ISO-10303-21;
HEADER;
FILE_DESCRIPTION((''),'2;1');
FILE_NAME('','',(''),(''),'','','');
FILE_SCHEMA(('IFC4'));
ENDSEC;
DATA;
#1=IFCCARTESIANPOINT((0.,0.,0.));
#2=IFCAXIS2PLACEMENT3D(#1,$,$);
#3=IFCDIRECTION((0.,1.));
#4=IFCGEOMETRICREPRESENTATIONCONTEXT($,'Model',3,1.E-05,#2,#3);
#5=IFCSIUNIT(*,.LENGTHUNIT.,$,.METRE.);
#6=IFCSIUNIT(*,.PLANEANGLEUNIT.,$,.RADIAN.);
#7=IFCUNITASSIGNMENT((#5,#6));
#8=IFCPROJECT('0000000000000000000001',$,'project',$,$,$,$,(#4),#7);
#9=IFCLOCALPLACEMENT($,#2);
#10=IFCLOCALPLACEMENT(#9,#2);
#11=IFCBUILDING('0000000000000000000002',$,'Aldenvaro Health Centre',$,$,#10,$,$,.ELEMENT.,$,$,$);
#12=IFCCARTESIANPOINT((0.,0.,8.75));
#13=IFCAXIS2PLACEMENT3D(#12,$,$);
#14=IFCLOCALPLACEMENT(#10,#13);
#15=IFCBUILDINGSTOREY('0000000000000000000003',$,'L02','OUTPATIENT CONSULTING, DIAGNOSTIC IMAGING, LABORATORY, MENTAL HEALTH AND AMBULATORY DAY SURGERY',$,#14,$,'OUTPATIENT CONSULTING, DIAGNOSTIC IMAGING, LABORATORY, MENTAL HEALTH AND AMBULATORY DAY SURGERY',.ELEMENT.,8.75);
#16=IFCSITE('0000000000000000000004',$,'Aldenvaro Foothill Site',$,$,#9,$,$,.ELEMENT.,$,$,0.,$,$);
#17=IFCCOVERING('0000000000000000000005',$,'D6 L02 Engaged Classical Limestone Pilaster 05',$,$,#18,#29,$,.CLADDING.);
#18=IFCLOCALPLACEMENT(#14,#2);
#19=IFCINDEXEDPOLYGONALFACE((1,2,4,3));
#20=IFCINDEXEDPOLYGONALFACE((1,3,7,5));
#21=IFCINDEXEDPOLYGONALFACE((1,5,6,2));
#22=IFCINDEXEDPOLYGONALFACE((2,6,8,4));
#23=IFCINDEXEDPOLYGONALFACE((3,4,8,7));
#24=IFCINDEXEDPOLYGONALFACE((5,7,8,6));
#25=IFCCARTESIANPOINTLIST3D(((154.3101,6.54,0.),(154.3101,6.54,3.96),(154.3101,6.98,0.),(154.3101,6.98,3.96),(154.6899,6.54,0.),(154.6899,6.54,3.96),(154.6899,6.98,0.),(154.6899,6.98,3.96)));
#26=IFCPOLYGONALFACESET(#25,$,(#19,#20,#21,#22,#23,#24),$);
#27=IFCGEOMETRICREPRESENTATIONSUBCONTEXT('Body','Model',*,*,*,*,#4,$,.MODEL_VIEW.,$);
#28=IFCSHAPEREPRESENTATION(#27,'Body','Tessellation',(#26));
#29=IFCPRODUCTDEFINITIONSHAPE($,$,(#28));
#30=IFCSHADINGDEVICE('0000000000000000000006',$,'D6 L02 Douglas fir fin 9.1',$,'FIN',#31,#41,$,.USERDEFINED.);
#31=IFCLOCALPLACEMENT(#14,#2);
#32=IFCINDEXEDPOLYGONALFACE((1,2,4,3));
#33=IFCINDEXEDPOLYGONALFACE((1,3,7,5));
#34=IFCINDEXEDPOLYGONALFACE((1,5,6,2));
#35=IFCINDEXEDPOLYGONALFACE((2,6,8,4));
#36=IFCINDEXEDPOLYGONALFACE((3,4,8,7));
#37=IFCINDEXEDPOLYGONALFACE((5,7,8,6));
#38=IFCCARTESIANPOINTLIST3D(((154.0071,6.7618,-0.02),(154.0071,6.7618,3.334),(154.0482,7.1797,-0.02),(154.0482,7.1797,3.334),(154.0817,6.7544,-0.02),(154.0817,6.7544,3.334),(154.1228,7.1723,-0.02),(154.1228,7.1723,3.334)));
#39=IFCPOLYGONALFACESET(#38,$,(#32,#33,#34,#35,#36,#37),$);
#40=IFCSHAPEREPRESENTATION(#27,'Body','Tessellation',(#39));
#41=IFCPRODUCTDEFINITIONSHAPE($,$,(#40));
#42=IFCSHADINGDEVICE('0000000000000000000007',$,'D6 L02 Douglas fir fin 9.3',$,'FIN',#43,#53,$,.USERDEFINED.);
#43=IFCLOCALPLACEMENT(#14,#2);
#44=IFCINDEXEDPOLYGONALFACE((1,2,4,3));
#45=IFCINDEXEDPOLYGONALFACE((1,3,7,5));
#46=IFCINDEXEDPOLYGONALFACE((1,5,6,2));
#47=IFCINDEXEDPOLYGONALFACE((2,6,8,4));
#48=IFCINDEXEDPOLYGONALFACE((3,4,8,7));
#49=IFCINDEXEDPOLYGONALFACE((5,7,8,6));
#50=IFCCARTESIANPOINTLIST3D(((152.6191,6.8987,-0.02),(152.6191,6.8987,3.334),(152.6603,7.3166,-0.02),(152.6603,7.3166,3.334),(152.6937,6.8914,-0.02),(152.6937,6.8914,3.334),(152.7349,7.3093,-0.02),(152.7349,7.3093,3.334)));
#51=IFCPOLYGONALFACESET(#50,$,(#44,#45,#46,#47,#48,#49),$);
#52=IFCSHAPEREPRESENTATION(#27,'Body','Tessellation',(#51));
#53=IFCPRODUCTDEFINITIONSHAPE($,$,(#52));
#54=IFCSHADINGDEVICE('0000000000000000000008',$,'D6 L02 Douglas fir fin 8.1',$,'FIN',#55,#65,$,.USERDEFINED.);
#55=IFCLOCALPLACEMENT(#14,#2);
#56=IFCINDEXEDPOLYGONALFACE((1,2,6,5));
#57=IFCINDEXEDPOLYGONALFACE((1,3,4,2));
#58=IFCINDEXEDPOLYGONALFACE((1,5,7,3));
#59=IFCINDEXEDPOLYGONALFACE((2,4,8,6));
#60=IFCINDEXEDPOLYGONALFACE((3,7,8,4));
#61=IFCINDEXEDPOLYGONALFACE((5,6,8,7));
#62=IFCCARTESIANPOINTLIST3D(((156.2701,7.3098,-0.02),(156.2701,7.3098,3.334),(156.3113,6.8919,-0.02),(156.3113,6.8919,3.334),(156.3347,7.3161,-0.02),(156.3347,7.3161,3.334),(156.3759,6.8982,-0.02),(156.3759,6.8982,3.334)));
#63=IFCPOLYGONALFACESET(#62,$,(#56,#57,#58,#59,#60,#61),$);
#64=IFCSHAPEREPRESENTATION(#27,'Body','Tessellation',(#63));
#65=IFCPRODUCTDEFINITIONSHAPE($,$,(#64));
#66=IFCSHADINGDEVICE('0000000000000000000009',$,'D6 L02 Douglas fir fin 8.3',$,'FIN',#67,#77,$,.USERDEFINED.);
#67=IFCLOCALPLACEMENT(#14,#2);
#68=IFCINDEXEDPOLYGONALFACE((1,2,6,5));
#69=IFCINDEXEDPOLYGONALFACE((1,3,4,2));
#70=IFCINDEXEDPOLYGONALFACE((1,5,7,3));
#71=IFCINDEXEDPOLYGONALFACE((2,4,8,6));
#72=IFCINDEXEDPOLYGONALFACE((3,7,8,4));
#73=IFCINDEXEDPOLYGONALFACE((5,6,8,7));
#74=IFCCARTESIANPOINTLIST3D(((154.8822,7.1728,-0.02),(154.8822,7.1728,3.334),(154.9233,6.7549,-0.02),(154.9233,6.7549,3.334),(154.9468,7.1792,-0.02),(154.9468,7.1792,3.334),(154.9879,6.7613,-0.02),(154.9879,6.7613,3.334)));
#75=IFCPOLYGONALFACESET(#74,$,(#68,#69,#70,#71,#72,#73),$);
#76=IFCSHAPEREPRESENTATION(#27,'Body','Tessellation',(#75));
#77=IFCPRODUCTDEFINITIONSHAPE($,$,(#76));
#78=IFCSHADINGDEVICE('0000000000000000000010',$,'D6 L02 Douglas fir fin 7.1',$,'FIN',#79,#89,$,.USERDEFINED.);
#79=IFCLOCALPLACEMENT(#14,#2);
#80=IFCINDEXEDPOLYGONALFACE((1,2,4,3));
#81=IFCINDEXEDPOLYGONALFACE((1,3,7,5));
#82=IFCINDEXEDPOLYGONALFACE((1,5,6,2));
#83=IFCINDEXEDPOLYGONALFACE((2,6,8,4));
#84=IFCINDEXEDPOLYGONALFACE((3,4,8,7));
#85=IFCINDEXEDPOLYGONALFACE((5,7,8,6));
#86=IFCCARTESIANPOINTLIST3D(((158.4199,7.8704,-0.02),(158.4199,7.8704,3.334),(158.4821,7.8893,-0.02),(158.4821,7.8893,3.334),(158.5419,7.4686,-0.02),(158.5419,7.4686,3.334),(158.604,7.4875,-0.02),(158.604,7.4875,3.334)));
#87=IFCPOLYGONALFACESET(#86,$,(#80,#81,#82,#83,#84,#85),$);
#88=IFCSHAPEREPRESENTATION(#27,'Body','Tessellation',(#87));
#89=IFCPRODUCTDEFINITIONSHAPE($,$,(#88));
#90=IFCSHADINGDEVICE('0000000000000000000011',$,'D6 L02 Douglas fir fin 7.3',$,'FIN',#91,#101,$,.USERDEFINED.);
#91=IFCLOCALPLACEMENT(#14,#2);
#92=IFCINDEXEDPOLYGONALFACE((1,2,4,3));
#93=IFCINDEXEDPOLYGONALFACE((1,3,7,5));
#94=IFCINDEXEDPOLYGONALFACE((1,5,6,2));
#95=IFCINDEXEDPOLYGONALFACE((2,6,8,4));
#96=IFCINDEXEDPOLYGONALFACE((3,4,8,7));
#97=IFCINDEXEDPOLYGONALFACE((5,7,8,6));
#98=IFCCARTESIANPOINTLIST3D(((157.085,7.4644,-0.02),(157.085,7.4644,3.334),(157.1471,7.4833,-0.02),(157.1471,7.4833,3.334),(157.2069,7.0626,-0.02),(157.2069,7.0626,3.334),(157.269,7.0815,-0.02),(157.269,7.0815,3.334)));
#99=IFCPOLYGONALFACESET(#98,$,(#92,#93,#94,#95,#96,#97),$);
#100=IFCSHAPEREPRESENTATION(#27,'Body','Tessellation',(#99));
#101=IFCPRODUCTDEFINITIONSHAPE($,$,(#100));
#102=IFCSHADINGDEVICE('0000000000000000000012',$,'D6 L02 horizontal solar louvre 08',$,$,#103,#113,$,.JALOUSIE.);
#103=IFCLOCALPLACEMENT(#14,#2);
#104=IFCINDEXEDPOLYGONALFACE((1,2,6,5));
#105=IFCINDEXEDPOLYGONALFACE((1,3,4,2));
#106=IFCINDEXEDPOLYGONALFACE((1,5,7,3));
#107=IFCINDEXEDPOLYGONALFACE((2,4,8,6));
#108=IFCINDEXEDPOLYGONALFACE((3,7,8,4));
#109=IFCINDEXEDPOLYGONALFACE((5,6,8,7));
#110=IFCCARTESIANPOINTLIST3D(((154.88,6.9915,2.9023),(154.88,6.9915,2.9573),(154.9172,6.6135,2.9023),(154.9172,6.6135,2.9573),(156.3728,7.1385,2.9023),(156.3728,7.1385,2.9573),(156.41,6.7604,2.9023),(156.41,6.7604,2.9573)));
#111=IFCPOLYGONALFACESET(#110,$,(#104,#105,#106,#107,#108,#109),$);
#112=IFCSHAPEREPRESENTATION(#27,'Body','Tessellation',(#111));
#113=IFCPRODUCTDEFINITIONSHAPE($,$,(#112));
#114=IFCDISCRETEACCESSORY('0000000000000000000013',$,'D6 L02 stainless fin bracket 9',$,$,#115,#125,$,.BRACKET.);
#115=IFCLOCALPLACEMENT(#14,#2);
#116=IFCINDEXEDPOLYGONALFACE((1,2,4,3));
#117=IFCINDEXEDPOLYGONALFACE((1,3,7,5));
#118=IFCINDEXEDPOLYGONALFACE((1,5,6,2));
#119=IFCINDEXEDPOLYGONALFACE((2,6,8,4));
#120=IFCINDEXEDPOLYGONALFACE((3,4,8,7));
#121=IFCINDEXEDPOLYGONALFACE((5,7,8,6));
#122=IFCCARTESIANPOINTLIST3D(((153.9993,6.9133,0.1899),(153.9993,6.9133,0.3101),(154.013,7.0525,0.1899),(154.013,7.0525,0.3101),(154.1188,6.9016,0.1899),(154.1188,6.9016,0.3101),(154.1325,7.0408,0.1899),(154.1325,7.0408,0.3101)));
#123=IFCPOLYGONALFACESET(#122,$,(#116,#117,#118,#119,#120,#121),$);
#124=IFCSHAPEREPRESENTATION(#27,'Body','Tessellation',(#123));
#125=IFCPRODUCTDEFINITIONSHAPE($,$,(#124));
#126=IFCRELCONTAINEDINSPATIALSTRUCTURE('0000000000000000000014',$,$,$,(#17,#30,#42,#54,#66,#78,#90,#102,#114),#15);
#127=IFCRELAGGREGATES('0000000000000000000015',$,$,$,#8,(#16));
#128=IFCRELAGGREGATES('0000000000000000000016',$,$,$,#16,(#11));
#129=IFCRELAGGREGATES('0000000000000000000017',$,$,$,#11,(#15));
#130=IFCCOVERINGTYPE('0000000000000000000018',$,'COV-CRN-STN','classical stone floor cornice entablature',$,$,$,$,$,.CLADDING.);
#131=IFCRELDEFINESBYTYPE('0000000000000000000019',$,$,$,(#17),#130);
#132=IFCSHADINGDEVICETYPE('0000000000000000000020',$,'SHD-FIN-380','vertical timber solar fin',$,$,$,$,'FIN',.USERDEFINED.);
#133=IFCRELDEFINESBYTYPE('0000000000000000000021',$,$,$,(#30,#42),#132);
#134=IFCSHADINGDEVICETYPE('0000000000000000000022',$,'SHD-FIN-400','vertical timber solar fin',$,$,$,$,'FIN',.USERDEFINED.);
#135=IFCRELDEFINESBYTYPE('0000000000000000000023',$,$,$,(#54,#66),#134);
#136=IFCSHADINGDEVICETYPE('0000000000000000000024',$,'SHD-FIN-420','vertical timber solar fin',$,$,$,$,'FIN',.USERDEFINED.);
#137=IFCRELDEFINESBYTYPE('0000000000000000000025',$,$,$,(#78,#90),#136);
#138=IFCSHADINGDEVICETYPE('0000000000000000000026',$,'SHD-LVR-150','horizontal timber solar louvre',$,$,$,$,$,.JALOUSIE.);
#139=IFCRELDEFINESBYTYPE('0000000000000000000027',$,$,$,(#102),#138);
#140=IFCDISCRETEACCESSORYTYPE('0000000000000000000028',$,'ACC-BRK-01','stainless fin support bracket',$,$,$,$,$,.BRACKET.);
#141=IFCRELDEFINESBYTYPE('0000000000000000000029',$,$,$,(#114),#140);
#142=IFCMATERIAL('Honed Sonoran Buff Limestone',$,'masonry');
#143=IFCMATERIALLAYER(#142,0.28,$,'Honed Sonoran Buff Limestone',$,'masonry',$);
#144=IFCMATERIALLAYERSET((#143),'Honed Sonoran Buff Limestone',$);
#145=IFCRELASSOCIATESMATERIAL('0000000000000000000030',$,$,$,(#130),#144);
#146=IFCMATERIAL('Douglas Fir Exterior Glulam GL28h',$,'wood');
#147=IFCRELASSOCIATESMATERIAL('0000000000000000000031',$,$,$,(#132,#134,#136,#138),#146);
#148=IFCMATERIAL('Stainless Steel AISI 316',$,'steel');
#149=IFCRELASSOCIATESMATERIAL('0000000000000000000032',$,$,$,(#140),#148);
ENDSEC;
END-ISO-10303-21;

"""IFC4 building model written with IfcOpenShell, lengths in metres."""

from ifc_helpers import new_model, si_unit, direction, frame, origin, origin_2d, place, context, subcontext, project, spatial, rectangle, extrude, material, layer, layer_set, type_object, element, save


model = new_model("IFC4")

# Units and contexts
model_context = context("Model", 3, precision=1e-05, world=origin(), true_north=direction((0.0, 1.0)))
body_context = subcontext(model_context, "Body", "Model", "MODEL_VIEW")
ifc_project = project(units=[si_unit("LENGTHUNIT", "METRE"), si_unit("PLANEANGLEUNIT", "RADIAN")], contexts=[model_context])

# Site, building, storey
site_placement = place(None, origin())
site = spatial("IfcSite", under=ifc_project, at=site_placement, Name="Aldenvaro Foothill Site", CompositionType="ELEMENT", RefElevation=0.0)
building_placement = place(site_placement, origin())
building = spatial("IfcBuilding", under=site, at=building_placement, Name="Aldenvaro Health Centre", CompositionType="ELEMENT")
storey_placement = place(building_placement, frame((0.0, 0.0, 8.75)))
storey = spatial("IfcBuildingStorey", under=building, at=storey_placement, Name="L02", Description="OUTPATIENT CONSULTING, DIAGNOSTIC IMAGING, LABORATORY, MENTAL HEALTH AND AMBULATORY DAY SURGERY", LongName="OUTPATIENT CONSULTING, DIAGNOSTIC IMAGING, LABORATORY, MENTAL HEALTH AND AMBULATORY DAY SURGERY", CompositionType="ELEMENT", Elevation=8.75)

# Covering
ifc_material_1 = material(Name="Honed Sonoran Buff Limestone", Category="masonry")
ifc_layer_1 = layer(ifc_material_1, 0.28, Name="Honed Sonoran Buff Limestone", Category="masonry")
ifc_layer_set_1 = layer_set([ifc_layer_1], Name="Honed Sonoran Buff Limestone")
covering_type = type_object("IfcCoveringType", Name="COV-CRN-STN", Description="classical stone floor cornice entablature", PredefinedType="CLADDING", material=ifc_layer_set_1)
covering_placement = place(storey_placement, frame((154.5, 6.76, 0.0), z_axis=(0.0, 0.0, 1.0), x_axis=(0.0, -1.0, 0.0)))
element("IfcCovering", 1, at=covering_placement, inside=storey, type_object=covering_type, Name="D6 L02 Engaged Classical Limestone Pilaster 05", PredefinedType="CLADDING", context=body_context, shape_type="SweptSolid", body=[
    extrude(rectangle(XDim=0.4399, YDim=0.3799, at=origin_2d()), origin(), (0.0, 0.0, 1.0), 3.96),
])

# Shading devices
ifc_material_2 = material(Name="Douglas Fir Exterior Glulam GL28h", Category="wood")
shading_device_type_1 = type_object("IfcShadingDeviceType", Name="SHD-FIN-380", Description="vertical timber solar fin", ElementType="FIN", PredefinedType="USERDEFINED", material=ifc_material_2)
for number, where, z_axis, x_axis, name in (
    (2, (154.0649, 6.967, -0.02), (0.0, 0.0, 1.0), (-0.995187, 0.097997, 0.0), "D6 L02 Douglas fir fin 9.1"),
    (3, (152.677, 7.104, -0.02), (0.0, 0.0, 1.0), (-0.995187, 0.097997, 0.0), "D6 L02 Douglas fir fin 9.3"),
):
    element("IfcShadingDevice", number, at=place(storey_placement, frame(where, z_axis=z_axis, x_axis=x_axis)), inside=storey, type_object=shading_device_type_1, Name=name, ObjectType="FIN", PredefinedType="USERDEFINED", context=body_context, shape_type="SweptSolid", body=[
        extrude(rectangle(XDim=0.075, YDim=0.4199, at=origin_2d()), origin(), (0.0, 0.0, 1.0), 3.354),
    ])
shading_device_type_2 = type_object("IfcShadingDeviceType", Name="SHD-FIN-400", Description="vertical timber solar fin", ElementType="FIN", PredefinedType="USERDEFINED", material=ifc_material_2)
for number, where, z_axis, x_axis, name in (
    (4, (156.323, 7.104, -0.02), (0.0, 0.0, 1.0), (-0.995187, -0.097997, 0.0), "D6 L02 Douglas fir fin 8.1"),
    (5, (154.9351, 6.967, -0.02), (0.0, 0.0, 1.0), (-0.995187, -0.097997, 0.0), "D6 L02 Douglas fir fin 8.3"),
):
    element("IfcShadingDevice", number, at=place(storey_placement, frame(where, z_axis=z_axis, x_axis=x_axis)), inside=storey, type_object=shading_device_type_2, Name=name, ObjectType="FIN", PredefinedType="USERDEFINED", context=body_context, shape_type="SweptSolid", body=[
        extrude(rectangle(XDim=0.0649, YDim=0.4199, at=origin_2d()), origin(), (0.0, 0.0, 1.0), 3.354),
    ])
shading_device_type_3 = type_object("IfcShadingDeviceType", Name="SHD-FIN-420", Description="vertical timber solar fin", ElementType="FIN", PredefinedType="USERDEFINED", material=ifc_material_2)
for number, where, z_axis, x_axis, name in (
    (6, (158.512, 7.679, -0.02), (0.0, 0.0, 1.0), (-0.956923, -0.290343, 0.0), "D6 L02 Douglas fir fin 7.1"),
    (7, (157.177, 7.2729, -0.02), (0.0, 0.0, 1.0), (-0.956923, -0.290343, 0.0), "D6 L02 Douglas fir fin 7.3"),
):
    element("IfcShadingDevice", number, at=place(storey_placement, frame(where, z_axis=z_axis, x_axis=x_axis)), inside=storey, type_object=shading_device_type_3, Name=name, ObjectType="FIN", PredefinedType="USERDEFINED", context=body_context, shape_type="SweptSolid", body=[
        extrude(rectangle(XDim=0.0649, YDim=0.4199, at=origin_2d()), origin(), (0.0, 0.0, 1.0), 3.354),
    ])
shading_device_type_4 = type_object("IfcShadingDeviceType", Name="SHD-LVR-150", Description="horizontal timber solar louvre", PredefinedType="JALOUSIE", material=ifc_material_2)
shading_device_placement = place(storey_placement, frame((155.645, 6.876, 2.9023), z_axis=(0.0, 0.0, 1.0), x_axis=(-0.995187, -0.097997, 0.0)))
element("IfcShadingDevice", 8, at=shading_device_placement, inside=storey, type_object=shading_device_type_4, Name="D6 L02 horizontal solar louvre 08", PredefinedType="JALOUSIE", context=body_context, shape_type="SweptSolid", body=[
    extrude(rectangle(XDim=1.5, YDim=0.3799, at=origin_2d()), origin(), (0.0, 0.0, 1.0), 0.0549),
])

# Discrete accessory
ifc_material_3 = material(Name="Stainless Steel AISI 316", Category="steel")
discrete_accessory_type = type_object("IfcDiscreteAccessoryType", Name="ACC-BRK-01", Description="stainless fin support bracket", PredefinedType="BRACKET", material=ifc_material_3)
discrete_accessory_placement = place(storey_placement, frame((154.0659, 6.9771, 0.1899), z_axis=(0.0, 0.0, 1.0), x_axis=(-0.995187, 0.097997, 0.0)))
element("IfcDiscreteAccessory", 9, at=discrete_accessory_placement, inside=storey, type_object=discrete_accessory_type, Name="D6 L02 stainless fin bracket 9", PredefinedType="BRACKET", context=body_context, shape_type="SweptSolid", body=[
    extrude(rectangle(XDim=0.1201, YDim=0.1399, at=origin_2d()), origin(), (0.0, 0.0, 1.0), 0.1201),
])

save(model, "model.ifc")
